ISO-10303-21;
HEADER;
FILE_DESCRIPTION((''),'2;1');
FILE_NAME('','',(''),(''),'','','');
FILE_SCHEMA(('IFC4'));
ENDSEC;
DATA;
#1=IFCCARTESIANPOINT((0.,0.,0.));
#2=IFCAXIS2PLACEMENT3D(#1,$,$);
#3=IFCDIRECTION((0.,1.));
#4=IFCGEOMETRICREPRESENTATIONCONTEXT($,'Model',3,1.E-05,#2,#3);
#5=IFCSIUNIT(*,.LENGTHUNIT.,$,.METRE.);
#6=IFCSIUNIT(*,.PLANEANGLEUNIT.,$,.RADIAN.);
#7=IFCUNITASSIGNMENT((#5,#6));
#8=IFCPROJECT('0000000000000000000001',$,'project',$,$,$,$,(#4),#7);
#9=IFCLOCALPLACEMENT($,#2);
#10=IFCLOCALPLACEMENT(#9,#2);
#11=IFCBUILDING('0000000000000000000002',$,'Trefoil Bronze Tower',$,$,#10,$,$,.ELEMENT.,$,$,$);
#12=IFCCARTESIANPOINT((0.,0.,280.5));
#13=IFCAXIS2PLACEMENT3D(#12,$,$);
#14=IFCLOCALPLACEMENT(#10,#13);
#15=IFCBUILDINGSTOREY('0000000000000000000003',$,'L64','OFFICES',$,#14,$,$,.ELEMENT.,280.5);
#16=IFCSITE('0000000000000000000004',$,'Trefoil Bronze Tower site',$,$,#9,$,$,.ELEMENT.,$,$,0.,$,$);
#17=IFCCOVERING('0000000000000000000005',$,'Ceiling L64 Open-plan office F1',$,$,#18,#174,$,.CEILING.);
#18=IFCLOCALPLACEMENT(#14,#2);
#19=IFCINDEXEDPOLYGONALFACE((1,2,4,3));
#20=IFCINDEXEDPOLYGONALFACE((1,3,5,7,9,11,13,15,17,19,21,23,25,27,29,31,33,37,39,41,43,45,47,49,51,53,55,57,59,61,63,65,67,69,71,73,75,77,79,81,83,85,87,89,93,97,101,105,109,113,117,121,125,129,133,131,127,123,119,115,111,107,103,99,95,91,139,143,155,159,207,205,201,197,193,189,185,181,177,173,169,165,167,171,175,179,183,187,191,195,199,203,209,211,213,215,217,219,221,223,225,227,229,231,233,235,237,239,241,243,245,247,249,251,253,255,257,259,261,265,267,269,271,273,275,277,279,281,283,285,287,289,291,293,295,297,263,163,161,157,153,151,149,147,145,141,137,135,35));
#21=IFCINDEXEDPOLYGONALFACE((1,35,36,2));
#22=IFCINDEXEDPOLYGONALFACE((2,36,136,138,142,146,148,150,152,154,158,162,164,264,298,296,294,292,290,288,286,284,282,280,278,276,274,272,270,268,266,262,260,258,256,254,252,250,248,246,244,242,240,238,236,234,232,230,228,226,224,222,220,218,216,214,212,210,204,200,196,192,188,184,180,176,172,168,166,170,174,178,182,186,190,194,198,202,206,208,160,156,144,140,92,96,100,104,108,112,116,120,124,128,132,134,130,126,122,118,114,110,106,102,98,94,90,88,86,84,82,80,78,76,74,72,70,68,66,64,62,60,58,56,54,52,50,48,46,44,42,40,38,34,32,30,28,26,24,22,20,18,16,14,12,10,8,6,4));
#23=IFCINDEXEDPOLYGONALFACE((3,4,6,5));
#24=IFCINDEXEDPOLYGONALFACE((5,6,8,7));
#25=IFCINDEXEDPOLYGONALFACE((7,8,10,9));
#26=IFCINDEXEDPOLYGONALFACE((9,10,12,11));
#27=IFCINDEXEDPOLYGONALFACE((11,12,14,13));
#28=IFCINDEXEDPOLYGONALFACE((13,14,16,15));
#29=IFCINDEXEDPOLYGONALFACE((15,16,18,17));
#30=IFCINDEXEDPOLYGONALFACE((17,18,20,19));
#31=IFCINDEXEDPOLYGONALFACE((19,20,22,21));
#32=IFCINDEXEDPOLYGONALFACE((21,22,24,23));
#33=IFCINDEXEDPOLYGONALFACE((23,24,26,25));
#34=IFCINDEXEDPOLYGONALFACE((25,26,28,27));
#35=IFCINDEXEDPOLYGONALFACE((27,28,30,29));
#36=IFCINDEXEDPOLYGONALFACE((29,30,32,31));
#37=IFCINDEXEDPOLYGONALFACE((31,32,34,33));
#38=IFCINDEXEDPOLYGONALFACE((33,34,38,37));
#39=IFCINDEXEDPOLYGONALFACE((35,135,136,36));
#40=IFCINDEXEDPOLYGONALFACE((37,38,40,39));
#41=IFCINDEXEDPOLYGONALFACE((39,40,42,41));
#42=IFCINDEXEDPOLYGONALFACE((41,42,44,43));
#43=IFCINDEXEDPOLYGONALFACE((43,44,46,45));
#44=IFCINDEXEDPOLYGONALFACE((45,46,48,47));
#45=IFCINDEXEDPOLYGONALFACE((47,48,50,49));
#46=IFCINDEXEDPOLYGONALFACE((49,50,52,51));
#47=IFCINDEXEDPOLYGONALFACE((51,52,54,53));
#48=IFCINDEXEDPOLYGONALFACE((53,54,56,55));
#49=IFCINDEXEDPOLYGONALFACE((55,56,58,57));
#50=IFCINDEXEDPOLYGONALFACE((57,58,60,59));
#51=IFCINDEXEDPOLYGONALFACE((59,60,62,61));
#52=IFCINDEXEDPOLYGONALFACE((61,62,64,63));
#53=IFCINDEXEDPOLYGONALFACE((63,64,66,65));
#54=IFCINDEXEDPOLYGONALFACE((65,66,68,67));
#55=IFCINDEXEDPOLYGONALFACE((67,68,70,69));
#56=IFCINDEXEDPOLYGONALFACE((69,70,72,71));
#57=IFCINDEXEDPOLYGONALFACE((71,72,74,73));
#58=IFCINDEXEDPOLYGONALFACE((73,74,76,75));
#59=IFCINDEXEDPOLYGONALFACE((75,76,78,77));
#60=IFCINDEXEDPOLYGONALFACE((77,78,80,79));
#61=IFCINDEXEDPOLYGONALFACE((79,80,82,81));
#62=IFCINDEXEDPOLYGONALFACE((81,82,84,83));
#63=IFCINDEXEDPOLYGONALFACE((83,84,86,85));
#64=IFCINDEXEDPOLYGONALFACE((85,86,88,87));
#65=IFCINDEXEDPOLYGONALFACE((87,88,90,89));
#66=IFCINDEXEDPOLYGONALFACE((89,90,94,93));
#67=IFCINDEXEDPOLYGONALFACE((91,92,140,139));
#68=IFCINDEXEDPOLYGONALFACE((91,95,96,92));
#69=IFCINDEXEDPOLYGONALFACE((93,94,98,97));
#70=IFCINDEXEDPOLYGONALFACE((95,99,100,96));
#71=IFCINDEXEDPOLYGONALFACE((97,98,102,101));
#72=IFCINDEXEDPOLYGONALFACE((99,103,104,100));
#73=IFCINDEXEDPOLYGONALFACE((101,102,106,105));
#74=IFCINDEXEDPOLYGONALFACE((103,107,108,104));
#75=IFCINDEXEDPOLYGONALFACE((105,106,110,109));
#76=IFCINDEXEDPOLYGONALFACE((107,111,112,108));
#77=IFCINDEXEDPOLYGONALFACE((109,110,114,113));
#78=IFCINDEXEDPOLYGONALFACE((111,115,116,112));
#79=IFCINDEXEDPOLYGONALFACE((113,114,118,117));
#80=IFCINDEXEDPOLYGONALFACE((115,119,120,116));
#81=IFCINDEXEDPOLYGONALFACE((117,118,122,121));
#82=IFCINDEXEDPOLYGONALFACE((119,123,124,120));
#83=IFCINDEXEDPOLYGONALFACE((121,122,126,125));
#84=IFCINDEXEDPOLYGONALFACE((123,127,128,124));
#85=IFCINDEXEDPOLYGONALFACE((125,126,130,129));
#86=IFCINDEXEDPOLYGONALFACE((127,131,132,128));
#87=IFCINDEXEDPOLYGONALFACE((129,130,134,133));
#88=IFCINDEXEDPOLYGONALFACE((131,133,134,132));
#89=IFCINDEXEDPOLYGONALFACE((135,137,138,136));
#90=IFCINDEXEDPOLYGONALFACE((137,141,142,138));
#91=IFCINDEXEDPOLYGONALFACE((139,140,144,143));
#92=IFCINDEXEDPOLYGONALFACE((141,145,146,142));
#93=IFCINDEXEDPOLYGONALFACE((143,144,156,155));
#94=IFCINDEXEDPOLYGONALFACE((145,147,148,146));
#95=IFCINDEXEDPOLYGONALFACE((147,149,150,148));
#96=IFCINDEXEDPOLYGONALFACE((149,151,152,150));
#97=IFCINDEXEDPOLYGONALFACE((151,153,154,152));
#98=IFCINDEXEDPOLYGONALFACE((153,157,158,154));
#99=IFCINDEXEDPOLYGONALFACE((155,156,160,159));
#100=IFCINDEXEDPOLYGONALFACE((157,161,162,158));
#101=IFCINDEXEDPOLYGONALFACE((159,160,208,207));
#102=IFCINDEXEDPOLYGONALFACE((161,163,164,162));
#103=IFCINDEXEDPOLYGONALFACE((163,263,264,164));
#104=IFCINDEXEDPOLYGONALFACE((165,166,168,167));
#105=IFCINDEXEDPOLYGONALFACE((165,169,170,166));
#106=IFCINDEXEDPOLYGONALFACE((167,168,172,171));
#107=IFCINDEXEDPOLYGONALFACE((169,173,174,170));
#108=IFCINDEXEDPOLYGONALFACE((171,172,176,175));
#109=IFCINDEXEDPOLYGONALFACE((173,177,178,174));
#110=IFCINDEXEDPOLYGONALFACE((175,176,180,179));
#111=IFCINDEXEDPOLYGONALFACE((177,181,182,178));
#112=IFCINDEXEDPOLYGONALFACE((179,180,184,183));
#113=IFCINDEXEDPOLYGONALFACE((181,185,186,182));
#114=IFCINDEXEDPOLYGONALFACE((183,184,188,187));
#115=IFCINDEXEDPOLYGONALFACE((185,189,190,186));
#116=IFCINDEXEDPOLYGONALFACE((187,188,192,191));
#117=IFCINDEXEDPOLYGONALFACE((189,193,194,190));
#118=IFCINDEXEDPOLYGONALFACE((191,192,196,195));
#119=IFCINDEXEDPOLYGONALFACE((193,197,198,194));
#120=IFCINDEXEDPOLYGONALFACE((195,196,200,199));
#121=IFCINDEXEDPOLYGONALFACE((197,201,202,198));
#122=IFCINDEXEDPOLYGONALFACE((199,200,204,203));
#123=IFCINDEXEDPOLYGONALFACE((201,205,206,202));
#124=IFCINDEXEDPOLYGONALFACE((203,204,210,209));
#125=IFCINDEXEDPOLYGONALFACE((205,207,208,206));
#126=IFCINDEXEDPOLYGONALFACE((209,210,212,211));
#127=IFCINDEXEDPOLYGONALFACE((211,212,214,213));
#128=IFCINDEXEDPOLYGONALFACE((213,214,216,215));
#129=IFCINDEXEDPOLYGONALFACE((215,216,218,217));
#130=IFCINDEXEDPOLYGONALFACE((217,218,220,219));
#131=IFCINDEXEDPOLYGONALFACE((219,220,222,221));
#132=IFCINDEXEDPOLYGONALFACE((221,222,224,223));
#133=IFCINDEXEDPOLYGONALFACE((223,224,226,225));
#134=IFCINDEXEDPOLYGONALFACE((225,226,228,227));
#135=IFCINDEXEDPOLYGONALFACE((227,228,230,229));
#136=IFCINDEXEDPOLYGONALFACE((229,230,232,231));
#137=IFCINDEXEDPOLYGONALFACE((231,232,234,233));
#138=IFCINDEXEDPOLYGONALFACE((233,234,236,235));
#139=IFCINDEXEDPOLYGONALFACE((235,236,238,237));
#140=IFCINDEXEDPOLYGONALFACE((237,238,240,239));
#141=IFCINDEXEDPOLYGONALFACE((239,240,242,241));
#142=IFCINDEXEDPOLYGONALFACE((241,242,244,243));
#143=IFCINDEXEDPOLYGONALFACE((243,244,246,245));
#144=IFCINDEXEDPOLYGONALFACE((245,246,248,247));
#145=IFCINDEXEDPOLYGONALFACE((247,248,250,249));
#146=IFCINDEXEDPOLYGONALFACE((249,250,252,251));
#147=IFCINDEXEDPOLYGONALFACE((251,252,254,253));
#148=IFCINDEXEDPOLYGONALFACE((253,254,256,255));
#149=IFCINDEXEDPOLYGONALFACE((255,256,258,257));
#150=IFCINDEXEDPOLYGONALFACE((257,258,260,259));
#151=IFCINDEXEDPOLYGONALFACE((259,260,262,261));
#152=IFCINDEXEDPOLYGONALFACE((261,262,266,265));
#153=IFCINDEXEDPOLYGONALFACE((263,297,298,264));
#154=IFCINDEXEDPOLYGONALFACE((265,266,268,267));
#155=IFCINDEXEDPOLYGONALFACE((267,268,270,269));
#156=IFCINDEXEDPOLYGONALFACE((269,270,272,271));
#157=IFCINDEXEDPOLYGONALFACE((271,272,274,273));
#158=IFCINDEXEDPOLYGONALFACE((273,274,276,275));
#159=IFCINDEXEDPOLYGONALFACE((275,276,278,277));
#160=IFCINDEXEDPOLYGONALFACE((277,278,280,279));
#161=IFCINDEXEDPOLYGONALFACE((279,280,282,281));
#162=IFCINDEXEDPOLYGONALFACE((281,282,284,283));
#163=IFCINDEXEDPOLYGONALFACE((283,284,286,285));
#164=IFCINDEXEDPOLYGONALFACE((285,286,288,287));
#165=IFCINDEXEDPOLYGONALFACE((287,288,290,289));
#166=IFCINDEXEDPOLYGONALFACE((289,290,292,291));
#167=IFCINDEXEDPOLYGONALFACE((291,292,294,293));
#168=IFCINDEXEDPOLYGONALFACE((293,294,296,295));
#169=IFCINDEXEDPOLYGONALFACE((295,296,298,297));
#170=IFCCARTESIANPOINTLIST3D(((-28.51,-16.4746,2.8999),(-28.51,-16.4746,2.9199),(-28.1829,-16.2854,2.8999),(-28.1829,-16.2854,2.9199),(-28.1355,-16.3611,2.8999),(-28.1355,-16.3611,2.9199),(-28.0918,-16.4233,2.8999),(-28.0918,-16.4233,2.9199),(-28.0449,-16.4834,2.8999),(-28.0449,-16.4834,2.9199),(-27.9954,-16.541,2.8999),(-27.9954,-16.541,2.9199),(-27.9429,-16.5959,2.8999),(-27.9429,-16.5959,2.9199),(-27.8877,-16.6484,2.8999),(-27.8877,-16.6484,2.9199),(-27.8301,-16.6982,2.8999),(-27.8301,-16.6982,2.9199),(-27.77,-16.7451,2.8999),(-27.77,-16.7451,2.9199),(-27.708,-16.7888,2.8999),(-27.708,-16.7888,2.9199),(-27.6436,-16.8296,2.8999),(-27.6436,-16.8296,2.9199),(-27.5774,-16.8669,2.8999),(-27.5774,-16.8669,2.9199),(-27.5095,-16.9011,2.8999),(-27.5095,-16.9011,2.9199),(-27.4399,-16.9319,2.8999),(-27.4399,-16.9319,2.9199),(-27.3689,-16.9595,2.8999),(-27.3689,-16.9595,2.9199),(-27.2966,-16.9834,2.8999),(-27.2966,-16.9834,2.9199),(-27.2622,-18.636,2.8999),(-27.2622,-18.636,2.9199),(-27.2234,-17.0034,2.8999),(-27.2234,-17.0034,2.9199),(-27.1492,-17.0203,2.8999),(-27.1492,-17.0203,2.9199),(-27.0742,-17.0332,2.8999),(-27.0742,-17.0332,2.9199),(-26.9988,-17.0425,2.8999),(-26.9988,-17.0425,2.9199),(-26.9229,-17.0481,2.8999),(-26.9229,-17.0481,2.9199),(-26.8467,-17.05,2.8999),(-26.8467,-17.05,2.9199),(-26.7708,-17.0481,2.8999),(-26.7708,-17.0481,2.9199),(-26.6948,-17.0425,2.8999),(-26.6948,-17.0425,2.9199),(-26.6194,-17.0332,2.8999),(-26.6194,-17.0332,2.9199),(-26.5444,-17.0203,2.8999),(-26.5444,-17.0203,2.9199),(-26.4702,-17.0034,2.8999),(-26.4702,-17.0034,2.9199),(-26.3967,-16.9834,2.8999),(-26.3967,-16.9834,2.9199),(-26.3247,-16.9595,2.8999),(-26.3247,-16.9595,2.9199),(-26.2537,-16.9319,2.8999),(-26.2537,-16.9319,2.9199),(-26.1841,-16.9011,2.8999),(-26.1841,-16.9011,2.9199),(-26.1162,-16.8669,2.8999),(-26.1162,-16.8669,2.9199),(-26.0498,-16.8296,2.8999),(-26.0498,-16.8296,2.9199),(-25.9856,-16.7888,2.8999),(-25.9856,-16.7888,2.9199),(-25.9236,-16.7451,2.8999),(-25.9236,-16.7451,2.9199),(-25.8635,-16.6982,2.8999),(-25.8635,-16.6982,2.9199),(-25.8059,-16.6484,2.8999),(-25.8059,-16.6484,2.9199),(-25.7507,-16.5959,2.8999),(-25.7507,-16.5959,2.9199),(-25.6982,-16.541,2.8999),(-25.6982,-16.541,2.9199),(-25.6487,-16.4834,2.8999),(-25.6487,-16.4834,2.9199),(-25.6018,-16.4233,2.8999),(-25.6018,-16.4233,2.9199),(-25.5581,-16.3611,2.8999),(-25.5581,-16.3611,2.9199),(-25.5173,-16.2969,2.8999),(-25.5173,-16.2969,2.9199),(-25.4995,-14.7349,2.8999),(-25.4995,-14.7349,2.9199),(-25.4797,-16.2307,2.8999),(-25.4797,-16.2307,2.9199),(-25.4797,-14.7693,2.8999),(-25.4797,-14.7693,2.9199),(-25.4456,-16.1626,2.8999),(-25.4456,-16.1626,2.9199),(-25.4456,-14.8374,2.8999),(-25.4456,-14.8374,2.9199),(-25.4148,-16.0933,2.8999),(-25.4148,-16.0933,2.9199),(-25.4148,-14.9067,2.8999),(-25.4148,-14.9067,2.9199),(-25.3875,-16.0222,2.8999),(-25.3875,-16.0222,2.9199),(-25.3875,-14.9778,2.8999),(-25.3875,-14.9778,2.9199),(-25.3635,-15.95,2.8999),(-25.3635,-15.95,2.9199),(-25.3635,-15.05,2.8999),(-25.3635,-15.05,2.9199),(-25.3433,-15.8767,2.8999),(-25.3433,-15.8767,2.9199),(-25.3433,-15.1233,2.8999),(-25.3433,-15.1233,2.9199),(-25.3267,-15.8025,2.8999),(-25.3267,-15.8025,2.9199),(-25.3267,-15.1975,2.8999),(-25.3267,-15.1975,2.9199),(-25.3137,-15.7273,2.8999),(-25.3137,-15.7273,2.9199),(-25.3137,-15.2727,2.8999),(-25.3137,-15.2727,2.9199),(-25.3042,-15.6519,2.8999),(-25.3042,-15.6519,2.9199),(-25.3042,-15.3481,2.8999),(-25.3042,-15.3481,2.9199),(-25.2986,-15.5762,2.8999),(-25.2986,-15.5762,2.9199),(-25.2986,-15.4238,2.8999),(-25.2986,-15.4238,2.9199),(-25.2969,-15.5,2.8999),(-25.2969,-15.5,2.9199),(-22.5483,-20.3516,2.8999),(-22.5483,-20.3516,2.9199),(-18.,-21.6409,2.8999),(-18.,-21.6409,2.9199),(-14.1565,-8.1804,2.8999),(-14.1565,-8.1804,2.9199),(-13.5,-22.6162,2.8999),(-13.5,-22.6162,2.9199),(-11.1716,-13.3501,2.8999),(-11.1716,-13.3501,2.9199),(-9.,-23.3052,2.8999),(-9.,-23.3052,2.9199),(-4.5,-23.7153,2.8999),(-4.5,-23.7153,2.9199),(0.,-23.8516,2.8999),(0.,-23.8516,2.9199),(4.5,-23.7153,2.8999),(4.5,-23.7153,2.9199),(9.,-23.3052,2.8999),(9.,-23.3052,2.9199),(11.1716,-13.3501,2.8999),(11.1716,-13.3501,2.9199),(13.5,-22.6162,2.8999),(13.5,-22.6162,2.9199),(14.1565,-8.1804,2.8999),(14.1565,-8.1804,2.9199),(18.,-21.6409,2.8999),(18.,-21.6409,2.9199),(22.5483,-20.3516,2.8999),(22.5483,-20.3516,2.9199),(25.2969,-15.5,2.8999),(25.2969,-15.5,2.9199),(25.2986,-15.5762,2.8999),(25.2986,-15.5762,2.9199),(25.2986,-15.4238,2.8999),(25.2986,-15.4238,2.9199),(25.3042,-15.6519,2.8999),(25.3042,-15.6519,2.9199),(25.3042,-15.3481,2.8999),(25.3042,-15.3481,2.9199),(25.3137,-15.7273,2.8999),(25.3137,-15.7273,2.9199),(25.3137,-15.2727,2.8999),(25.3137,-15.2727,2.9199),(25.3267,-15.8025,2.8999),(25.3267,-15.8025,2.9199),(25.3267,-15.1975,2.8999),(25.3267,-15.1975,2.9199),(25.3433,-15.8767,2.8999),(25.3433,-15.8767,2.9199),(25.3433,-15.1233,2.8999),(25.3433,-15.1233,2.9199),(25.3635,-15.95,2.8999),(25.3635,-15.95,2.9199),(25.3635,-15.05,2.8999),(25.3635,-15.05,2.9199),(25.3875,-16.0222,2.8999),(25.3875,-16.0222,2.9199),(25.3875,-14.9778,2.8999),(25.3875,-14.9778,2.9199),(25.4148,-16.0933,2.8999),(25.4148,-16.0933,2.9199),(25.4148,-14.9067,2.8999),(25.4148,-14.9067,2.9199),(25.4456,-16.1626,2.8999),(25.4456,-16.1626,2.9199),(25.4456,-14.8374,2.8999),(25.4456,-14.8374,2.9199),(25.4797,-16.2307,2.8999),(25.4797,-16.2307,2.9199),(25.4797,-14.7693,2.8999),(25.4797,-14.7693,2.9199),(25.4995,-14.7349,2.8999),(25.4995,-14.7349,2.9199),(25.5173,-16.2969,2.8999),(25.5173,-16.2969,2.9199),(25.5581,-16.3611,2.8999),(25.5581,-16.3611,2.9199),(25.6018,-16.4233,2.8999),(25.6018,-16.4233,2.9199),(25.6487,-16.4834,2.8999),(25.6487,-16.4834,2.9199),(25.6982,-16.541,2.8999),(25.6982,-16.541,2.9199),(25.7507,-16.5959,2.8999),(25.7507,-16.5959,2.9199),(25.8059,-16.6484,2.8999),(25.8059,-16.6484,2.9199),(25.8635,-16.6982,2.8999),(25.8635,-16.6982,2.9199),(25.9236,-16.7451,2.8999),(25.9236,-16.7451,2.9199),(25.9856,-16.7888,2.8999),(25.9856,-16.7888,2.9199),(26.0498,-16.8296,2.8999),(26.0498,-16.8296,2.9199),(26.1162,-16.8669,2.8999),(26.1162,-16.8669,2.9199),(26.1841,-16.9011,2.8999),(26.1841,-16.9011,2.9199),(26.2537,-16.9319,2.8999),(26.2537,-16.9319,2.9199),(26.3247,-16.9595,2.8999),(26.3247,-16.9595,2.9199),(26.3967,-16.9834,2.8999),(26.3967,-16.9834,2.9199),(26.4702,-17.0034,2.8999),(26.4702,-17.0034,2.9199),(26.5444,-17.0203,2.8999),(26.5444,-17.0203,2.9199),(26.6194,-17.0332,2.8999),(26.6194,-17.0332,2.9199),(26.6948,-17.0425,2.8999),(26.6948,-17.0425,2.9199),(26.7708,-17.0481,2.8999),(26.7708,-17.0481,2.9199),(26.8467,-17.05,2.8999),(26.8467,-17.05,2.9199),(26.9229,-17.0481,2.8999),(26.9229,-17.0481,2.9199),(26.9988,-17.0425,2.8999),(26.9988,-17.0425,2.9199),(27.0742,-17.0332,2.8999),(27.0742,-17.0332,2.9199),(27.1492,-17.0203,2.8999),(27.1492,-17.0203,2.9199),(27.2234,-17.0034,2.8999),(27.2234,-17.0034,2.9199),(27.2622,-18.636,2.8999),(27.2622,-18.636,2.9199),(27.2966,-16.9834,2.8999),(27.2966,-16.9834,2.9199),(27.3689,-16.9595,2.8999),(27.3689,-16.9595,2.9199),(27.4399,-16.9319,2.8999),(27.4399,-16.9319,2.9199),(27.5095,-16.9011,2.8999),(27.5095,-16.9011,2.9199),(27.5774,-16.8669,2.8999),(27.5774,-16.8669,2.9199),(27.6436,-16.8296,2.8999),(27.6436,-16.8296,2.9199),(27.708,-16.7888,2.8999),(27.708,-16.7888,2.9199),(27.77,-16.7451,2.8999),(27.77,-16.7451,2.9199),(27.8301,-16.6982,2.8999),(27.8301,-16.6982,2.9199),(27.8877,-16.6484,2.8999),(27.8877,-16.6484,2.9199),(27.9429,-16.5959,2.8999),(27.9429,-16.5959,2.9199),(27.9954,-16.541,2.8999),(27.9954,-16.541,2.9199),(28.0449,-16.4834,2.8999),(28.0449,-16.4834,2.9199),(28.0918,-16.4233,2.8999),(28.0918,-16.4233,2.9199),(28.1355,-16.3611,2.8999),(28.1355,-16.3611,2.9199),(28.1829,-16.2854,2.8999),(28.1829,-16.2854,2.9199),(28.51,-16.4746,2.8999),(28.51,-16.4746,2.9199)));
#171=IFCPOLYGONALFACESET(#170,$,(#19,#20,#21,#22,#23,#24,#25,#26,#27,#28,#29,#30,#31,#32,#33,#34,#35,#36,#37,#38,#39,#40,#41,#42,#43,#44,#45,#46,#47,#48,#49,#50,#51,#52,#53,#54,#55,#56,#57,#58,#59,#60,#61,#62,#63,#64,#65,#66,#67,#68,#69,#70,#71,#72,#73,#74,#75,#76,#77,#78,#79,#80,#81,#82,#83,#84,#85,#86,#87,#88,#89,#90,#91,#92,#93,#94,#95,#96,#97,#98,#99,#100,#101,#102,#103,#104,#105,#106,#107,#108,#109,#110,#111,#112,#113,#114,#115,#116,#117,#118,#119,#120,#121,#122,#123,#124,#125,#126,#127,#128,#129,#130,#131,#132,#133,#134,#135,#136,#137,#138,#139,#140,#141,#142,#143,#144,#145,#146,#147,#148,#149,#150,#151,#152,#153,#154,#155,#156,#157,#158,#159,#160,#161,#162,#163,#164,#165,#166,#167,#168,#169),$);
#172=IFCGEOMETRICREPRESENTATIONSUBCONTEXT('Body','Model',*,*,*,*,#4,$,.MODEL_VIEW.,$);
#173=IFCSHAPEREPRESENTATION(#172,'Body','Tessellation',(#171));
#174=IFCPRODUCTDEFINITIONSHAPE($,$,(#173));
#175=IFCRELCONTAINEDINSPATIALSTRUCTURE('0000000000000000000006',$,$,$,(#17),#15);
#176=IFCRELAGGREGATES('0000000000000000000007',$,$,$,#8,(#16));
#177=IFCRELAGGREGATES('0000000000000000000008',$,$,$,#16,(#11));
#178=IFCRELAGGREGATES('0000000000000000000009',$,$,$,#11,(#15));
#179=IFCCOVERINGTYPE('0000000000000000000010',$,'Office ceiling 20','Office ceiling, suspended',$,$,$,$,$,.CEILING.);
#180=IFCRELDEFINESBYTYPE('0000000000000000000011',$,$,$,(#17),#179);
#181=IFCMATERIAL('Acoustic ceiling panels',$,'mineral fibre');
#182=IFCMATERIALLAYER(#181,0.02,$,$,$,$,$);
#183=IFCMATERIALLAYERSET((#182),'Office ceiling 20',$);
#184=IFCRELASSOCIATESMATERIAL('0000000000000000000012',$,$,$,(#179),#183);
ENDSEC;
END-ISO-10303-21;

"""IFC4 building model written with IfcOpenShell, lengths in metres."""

from ifc_helpers import new_model, si_unit, direction, frame, origin, place, context, subcontext, project, spatial, polyline, outline, extrude, material, layer, layer_set, type_object, element, save


model = new_model("IFC4")

# Units and contexts
model_context = context("Model", 3, precision=1e-05, world=origin(), true_north=direction((0.0, 1.0)))
body_context = subcontext(model_context, "Body", "Model", "MODEL_VIEW")
ifc_project = project(units=[si_unit("LENGTHUNIT", "METRE"), si_unit("PLANEANGLEUNIT", "RADIAN")], contexts=[model_context])

# Site, building, storey
site_placement = place(None, origin())
site = spatial("IfcSite", under=ifc_project, at=site_placement, Name="Trefoil Bronze Tower site", CompositionType="ELEMENT", RefElevation=0.0)
building_placement = place(site_placement, origin())
building = spatial("IfcBuilding", under=site, at=building_placement, Name="Trefoil Bronze Tower", CompositionType="ELEMENT")
storey_placement = place(building_placement, frame((0.0, 0.0, 280.5)))
storey = spatial("IfcBuildingStorey", under=building, at=storey_placement, Name="L64", Description="OFFICES", CompositionType="ELEMENT", Elevation=280.5)

# Covering
ifc_material_1 = material(Name="Acoustic ceiling panels", Category="mineral fibre")
ifc_layer_1 = layer(ifc_material_1, 0.02)
ifc_layer_set_1 = layer_set([ifc_layer_1], Name="Office ceiling 20")
covering_type_1 = type_object("IfcCoveringType", Name="Office ceiling 20", Description="Office ceiling, suspended", PredefinedType="CEILING", material=ifc_layer_set_1)
covering_1_placement = place(storey_placement, frame((0.0, 0.0, 2.8999)))
element("IfcCovering", 1, at=covering_1_placement, inside=storey, type_object=covering_type_1, Name="Ceiling L64 Open-plan office F1", PredefinedType="CEILING", context=body_context, shape_type="SweptSolid", body=[
    extrude(outline(polyline([(-28.1355, -16.3611), (-28.0918, -16.4233), (-28.0449, -16.4834), (-27.9954, -16.541), (-27.9429, -16.5959), (-27.8877, -16.6484), (-27.8301, -16.6982), (-27.77, -16.7451), (-27.708, -16.7888), (-27.6436, -16.8296), (-27.5774, -16.8669), (-27.5095, -16.9011), (-27.4399, -16.9319), (-27.3689, -16.9595), (-27.2966, -16.9834), (-27.2234, -17.0034), (-27.1492, -17.0203), (-27.0742, -17.0332), (-26.9988, -17.0425), (-26.9229, -17.0481), (-26.8467, -17.05), (-26.7708, -17.0481), (-26.6948, -17.0425), (-26.6194, -17.0332), (-26.5444, -17.0203), (-26.4702, -17.0034), (-26.3967, -16.9834), (-26.3247, -16.9595), (-26.2537, -16.9319), (-26.1841, -16.9011), (-26.1162, -16.8669), (-26.0498, -16.8296), (-25.9856, -16.7888), (-25.9236, -16.7451), (-25.8635, -16.6982), (-25.8059, -16.6484), (-25.7507, -16.5959), (-25.6982, -16.541), (-25.6487, -16.4834), (-25.6018, -16.4233), (-25.5581, -16.3611), (-25.5173, -16.2969), (-25.4797, -16.2307), (-25.4456, -16.1626), (-25.4148, -16.0933), (-25.3875, -16.0222), (-25.3635, -15.95), (-25.3433, -15.8767), (-25.3267, -15.8025), (-25.3137, -15.7273), (-25.3042, -15.6519), (-25.2986, -15.5762), (-25.2969, -15.5), (-25.2986, -15.4238), (-25.3042, -15.3481), (-25.3137, -15.2727), (-25.3267, -15.1975), (-25.3433, -15.1233), (-25.3635, -15.05), (-25.3875, -14.9778), (-25.4148, -14.9067), (-25.4456, -14.8374), (-25.4797, -14.7693), (-25.4995, -14.7349), (-14.1565, -8.1804), (-11.1716, -13.3501), (11.1716, -13.3501), (14.1565, -8.1804), (25.4995, -14.7349), (25.4797, -14.7693), (25.4456, -14.8374), (25.4148, -14.9067), (25.3875, -14.9778), (25.3635, -15.05), (25.3433, -15.1233), (25.3267, -15.1975), (25.3137, -15.2727), (25.3042, -15.3481), (25.2986, -15.4238), (25.2969, -15.5), (25.2986, -15.5762), (25.3042, -15.6519), (25.3137, -15.7273), (25.3267, -15.8025), (25.3433, -15.8767), (25.3635, -15.95), (25.3875, -16.0222), (25.4148, -16.0933), (25.4456, -16.1626), (25.4797, -16.2307), (25.5173, -16.2969), (25.5581, -16.3611), (25.6018, -16.4233), (25.6487, -16.4834), (25.6982, -16.541), (25.7507, -16.5959), (25.8059, -16.6484), (25.8635, -16.6982), (25.9236, -16.7451), (25.9856, -16.7888), (26.0498, -16.8296), (26.1162, -16.8669), (26.1841, -16.9011), (26.2537, -16.9319), (26.3247, -16.9595), (26.3967, -16.9834), (26.4702, -17.0034), (26.5444, -17.0203), (26.6194, -17.0332), (26.6948, -17.0425), (26.7708, -17.0481), (26.8467, -17.05), (26.9229, -17.0481), (26.9988, -17.0425), (27.0742, -17.0332), (27.1492, -17.0203), (27.2234, -17.0034), (27.2966, -16.9834), (27.3689, -16.9595), (27.4399, -16.9319), (27.5095, -16.9011), (27.5774, -16.8669), (27.6436, -16.8296), (27.708, -16.7888), (27.77, -16.7451), (27.8301, -16.6982), (27.8877, -16.6484), (27.9429, -16.5959), (27.9954, -16.541), (28.0449, -16.4834), (28.0918, -16.4233), (28.1355, -16.3611), (28.1829, -16.2854), (28.51, -16.4746), (27.2622, -18.636), (22.5483, -20.3516), (18.0, -21.6409), (13.5, -22.6162), (9.0, -23.3052), (4.5, -23.7153), (0.0, -23.8516), (-4.5, -23.7153), (-9.0, -23.3052), (-13.5, -22.6162), (-18.0, -21.6409), (-22.5483, -20.3516), (-27.2622, -18.636), (-28.51, -16.4746), (-28.1829, -16.2854), (-28.1355, -16.3611)])), origin(), (0.0, 0.0, 1.0), 0.02),
])

save(model, "model.ifc")
